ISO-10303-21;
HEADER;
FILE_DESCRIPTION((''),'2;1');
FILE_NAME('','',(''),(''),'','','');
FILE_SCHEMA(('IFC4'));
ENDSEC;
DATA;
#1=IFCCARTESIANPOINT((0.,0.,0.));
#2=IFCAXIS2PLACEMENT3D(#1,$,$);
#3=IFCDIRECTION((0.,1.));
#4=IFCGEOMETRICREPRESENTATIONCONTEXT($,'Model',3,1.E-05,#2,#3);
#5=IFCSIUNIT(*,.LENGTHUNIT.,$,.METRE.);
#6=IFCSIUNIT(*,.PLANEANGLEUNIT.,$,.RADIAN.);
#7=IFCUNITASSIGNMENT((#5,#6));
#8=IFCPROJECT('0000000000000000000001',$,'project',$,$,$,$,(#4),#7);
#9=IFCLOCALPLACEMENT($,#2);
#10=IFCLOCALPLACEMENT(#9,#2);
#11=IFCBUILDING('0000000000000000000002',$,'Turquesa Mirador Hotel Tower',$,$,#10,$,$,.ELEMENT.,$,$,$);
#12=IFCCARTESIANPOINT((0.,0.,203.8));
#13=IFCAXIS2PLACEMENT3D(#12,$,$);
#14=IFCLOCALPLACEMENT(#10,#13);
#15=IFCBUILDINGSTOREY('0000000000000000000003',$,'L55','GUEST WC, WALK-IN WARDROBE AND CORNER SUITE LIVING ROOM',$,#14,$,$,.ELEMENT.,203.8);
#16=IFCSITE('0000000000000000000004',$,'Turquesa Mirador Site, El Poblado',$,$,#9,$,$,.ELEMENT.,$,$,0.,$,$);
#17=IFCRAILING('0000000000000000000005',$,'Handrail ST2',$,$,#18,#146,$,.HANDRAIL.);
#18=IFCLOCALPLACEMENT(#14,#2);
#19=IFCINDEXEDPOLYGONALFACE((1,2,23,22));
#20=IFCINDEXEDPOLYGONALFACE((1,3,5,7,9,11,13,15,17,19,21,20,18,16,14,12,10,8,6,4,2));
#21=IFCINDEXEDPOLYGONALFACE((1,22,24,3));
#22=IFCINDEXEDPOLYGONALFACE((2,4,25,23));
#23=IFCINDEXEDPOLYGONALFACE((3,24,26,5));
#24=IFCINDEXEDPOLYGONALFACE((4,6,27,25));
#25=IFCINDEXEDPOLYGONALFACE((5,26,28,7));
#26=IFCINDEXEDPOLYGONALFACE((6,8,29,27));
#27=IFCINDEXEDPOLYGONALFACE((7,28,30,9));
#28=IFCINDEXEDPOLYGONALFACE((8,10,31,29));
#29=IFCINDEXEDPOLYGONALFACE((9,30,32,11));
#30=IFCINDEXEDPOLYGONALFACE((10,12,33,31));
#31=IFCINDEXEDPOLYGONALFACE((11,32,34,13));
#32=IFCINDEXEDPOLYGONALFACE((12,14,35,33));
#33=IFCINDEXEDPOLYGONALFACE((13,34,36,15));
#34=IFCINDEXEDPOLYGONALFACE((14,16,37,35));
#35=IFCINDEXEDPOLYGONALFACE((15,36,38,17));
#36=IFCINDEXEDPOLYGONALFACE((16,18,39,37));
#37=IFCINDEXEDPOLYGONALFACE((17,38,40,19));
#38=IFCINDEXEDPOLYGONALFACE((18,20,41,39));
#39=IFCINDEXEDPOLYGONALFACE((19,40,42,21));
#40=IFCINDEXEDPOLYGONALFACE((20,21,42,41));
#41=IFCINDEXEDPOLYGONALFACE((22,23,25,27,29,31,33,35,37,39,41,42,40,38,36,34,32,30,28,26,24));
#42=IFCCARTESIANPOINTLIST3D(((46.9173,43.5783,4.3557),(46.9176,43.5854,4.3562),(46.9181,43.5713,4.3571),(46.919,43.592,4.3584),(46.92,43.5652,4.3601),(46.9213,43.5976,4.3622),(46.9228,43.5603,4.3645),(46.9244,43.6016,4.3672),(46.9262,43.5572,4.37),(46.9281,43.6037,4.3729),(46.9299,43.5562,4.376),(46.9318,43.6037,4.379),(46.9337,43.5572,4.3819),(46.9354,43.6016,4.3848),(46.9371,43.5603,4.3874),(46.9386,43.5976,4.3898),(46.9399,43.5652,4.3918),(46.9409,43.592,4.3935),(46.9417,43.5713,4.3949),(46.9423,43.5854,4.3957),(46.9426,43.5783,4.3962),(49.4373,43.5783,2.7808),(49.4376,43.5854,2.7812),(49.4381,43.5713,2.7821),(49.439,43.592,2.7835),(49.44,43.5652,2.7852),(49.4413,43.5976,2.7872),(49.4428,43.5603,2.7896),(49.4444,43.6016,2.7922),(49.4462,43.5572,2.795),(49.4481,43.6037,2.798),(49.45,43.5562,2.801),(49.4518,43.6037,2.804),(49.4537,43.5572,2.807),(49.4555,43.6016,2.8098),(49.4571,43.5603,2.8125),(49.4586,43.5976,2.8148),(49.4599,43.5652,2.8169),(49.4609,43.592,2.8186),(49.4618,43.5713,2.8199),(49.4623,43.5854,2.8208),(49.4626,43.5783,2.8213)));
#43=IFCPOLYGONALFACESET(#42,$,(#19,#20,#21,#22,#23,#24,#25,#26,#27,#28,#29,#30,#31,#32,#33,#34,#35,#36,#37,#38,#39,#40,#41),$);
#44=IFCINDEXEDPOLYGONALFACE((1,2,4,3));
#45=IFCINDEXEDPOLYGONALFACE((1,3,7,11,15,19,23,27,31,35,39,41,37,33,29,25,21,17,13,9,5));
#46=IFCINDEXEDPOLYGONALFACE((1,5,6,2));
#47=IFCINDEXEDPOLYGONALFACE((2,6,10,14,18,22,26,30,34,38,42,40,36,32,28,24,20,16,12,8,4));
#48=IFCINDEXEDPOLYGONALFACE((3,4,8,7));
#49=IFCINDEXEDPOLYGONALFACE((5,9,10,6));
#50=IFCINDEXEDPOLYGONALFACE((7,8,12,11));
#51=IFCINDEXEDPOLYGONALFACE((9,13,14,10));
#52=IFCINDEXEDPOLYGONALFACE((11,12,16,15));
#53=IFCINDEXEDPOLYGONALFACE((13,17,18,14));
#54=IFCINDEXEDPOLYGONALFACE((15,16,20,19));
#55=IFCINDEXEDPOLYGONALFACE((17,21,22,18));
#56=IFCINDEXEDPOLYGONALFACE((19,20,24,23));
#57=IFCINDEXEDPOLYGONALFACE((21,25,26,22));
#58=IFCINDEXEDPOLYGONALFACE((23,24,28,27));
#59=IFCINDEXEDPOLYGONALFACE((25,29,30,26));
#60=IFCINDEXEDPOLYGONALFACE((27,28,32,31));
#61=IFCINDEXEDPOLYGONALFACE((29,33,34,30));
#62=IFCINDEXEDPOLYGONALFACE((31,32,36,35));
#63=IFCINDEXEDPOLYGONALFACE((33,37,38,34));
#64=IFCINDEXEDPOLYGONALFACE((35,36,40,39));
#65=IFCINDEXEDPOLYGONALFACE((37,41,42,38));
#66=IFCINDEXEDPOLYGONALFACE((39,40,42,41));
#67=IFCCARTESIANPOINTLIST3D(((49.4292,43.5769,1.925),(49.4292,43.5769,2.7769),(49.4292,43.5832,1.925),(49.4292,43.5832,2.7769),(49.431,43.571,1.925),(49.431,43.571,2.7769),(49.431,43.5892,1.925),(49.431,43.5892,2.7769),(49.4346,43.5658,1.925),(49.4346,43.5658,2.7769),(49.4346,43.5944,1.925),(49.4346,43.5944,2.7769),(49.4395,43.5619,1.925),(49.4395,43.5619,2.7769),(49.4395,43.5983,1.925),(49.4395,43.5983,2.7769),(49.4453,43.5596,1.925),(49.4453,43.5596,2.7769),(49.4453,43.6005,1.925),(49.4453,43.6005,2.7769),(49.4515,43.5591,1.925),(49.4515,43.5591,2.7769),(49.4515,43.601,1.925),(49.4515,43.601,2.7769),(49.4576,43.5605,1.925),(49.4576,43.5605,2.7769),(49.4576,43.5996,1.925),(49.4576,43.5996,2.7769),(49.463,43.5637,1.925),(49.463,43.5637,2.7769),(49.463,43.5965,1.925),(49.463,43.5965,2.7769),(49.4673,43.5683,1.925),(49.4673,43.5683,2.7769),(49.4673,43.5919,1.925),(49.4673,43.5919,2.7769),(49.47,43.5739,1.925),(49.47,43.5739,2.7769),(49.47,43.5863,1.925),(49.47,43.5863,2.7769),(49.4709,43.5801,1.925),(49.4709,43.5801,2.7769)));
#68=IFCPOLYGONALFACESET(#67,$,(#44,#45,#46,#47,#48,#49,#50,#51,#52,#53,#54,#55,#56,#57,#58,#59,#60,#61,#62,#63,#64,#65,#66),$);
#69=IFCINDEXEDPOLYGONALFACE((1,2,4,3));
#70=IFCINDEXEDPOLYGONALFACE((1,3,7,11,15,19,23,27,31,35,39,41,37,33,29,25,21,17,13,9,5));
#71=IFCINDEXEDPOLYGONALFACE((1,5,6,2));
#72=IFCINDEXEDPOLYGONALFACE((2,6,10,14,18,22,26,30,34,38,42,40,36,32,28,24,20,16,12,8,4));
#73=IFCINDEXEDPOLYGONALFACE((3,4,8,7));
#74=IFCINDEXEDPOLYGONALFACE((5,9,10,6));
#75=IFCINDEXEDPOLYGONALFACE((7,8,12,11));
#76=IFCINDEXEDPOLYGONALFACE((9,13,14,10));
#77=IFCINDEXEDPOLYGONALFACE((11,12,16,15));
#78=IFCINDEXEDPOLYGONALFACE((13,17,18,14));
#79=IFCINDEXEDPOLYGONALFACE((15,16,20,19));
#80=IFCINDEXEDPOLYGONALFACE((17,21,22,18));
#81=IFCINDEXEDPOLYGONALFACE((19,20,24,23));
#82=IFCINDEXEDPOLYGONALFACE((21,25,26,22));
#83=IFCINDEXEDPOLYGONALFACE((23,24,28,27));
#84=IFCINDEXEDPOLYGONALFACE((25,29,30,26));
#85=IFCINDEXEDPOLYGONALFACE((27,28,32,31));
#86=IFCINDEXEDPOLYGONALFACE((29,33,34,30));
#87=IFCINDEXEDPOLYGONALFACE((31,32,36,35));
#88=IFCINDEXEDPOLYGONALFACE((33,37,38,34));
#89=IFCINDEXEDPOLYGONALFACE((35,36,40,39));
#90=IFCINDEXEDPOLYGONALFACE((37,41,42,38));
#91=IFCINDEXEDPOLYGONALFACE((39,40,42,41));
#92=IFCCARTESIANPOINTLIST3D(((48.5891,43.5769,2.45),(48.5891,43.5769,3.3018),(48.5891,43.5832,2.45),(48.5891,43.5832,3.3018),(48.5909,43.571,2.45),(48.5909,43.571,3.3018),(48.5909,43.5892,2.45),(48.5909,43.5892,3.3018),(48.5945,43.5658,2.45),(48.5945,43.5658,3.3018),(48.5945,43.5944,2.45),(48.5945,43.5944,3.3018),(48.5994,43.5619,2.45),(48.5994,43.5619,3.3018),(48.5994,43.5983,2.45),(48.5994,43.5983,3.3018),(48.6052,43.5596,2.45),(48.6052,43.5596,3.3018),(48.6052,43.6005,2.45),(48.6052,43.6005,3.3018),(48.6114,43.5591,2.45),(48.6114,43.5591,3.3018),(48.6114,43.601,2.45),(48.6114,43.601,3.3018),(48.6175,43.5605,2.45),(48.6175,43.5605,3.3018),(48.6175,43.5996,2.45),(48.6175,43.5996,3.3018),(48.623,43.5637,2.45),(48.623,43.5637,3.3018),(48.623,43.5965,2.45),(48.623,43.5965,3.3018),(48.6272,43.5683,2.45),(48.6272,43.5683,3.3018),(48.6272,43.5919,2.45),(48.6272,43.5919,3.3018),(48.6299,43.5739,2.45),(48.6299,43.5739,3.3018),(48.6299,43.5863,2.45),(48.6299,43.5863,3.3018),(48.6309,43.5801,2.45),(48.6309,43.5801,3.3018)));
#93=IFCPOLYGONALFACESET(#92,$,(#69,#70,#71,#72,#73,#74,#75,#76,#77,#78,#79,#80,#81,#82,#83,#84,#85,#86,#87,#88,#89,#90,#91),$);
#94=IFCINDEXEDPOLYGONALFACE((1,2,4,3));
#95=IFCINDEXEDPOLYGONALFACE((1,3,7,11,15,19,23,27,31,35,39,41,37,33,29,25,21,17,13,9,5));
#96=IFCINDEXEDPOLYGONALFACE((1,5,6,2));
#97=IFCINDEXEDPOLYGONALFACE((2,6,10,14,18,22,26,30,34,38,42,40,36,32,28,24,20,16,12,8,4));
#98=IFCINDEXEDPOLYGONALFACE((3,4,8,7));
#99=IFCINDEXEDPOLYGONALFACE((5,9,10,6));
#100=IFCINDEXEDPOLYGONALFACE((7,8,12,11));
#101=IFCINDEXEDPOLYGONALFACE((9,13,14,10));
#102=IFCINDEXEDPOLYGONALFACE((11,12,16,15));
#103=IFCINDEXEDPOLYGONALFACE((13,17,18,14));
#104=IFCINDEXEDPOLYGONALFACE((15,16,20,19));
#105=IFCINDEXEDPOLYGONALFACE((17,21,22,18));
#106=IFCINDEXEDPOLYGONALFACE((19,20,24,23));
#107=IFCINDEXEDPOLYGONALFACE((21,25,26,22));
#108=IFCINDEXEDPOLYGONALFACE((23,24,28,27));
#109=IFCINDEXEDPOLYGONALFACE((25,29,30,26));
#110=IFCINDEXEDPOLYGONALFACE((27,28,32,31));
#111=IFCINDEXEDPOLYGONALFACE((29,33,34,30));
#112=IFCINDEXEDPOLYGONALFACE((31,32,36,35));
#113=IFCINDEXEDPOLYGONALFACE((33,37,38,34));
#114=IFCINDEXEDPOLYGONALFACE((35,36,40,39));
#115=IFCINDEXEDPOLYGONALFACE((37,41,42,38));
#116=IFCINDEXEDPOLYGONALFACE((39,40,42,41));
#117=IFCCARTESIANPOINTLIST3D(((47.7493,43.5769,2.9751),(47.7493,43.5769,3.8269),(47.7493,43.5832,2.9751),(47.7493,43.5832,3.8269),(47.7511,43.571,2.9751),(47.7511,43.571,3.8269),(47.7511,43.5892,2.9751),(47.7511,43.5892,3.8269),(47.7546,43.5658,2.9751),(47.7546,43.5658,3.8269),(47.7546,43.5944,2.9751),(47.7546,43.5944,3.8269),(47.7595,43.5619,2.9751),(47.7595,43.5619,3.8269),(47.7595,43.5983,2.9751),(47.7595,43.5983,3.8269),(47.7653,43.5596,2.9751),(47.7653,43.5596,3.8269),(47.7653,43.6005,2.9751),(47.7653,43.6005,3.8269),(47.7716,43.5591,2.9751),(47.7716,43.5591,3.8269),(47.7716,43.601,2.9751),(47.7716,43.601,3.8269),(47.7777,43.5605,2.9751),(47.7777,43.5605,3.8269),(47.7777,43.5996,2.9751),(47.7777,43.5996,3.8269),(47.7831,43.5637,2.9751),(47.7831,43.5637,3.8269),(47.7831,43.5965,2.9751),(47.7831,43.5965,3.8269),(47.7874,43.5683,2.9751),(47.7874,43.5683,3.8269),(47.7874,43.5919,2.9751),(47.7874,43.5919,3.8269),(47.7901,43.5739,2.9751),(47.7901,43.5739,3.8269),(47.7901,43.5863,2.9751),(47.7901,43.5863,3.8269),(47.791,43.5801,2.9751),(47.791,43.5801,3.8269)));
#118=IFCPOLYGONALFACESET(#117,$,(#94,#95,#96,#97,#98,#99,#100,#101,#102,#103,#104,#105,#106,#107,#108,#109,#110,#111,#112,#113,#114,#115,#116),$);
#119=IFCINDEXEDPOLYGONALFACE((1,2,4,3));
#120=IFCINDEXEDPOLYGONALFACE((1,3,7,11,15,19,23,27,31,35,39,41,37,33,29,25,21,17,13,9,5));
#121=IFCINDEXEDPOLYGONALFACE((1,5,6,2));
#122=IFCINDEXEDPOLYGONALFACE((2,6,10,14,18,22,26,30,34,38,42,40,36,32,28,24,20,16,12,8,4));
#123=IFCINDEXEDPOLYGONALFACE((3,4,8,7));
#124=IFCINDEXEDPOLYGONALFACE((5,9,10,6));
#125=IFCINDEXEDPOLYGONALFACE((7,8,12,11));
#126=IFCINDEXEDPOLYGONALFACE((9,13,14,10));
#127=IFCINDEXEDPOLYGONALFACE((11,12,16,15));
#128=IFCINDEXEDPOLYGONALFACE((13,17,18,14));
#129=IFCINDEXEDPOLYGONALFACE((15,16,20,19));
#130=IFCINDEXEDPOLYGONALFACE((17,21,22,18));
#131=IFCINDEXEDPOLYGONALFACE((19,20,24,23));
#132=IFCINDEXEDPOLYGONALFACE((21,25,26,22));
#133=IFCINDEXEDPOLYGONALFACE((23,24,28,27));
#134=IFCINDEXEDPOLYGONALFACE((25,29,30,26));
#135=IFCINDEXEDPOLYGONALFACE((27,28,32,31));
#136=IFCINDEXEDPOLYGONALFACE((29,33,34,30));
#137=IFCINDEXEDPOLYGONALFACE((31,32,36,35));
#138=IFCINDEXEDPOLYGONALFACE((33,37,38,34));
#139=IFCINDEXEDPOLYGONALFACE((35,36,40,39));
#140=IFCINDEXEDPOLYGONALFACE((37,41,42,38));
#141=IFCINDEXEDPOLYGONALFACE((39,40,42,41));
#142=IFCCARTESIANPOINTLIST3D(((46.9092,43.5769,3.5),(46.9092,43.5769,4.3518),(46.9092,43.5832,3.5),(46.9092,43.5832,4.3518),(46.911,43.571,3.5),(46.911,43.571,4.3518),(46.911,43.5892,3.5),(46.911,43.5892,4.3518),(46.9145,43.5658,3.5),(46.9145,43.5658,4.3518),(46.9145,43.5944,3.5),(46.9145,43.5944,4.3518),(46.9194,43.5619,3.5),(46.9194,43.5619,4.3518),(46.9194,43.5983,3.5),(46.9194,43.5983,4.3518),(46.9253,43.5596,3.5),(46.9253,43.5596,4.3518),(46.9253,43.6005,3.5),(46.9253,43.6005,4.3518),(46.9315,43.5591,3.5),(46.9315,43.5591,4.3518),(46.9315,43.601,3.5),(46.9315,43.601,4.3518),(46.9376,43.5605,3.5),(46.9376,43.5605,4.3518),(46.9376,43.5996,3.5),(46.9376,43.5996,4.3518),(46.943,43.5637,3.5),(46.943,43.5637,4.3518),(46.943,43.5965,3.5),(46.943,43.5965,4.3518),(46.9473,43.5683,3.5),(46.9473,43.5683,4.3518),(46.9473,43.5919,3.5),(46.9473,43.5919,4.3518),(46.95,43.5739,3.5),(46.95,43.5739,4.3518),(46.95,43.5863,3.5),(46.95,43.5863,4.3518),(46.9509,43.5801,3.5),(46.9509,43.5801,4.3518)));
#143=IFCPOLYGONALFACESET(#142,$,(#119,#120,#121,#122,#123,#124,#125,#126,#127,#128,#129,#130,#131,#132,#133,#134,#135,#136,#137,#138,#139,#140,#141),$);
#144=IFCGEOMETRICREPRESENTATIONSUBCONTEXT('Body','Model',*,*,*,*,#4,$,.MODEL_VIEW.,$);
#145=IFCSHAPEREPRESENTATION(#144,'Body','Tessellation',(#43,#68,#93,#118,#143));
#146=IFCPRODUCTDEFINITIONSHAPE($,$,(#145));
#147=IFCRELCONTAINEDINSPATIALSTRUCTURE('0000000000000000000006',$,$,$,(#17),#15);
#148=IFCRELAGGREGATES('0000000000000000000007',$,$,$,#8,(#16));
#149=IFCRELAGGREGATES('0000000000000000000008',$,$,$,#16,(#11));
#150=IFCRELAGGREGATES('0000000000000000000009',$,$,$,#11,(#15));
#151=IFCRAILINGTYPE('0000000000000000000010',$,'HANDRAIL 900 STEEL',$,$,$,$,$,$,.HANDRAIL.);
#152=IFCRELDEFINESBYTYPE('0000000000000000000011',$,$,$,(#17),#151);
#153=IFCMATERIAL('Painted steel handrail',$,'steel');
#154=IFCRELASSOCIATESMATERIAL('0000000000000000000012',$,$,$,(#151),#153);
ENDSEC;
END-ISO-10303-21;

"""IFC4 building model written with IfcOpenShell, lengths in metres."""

from ifc_helpers import new_model, si_unit, direction, frame, origin, origin_2d, place, context, subcontext, project, spatial, circle, extrude, material, type_object, element, save


model = new_model("IFC4")

# Units and contexts
model_context = context("Model", 3, precision=1e-05, world=origin(), true_north=direction((0.0, 1.0)))
body_context = subcontext(model_context, "Body", "Model", "MODEL_VIEW")
ifc_project = project(units=[si_unit("LENGTHUNIT", "METRE"), si_unit("PLANEANGLEUNIT", "RADIAN")], contexts=[model_context])

# Site, building, storey
site_placement = place(None, origin())
site = spatial("IfcSite", under=ifc_project, at=site_placement, Name="Turquesa Mirador Site, El Poblado", CompositionType="ELEMENT", RefElevation=0.0)
building_placement = place(site_placement, origin())
building = spatial("IfcBuilding", under=site, at=building_placement, Name="Turquesa Mirador Hotel Tower", CompositionType="ELEMENT")
storey_placement = place(building_placement, frame((0.0, 0.0, 203.8)))
storey = spatial("IfcBuildingStorey", under=building, at=storey_placement, Name="L55", Description="GUEST WC, WALK-IN WARDROBE AND CORNER SUITE LIVING ROOM", CompositionType="ELEMENT", Elevation=203.8)

# Railing
ifc_material_1 = material(Name="Painted steel handrail", Category="steel")
railing_type = type_object("IfcRailingType", Name="HANDRAIL 900 STEEL", PredefinedType="HANDRAIL", material=ifc_material_1)
railing_1_placement = place(storey_placement, frame((49.45, 43.5801, 1.925)))
element("IfcRailing", 1, at=railing_1_placement, inside=storey, type_object=railing_type, Name="Handrail ST2", PredefinedType="HANDRAIL", context=body_context, shape_type="SweptSolid", body=[
    extrude(circle(Radius=0.0239, at=origin_2d()), frame((0.0, 0.0, 0.876), z_axis=(-0.848008, 0.0, 0.529984), x_axis=(0.0, -1.0, 0.0)), (0.0, 0.0, 1.0), 2.9717),
    extrude(circle(Radius=0.021, at=origin_2d()), origin(), (0.0, 0.0, 1.0), 0.8518),
    extrude(circle(Radius=0.021, at=origin_2d()), frame((-0.8401, 0.0, 0.5249)), (0.0, 0.0, 1.0), 0.8518),
    extrude(circle(Radius=0.021, at=origin_2d()), frame((-1.6799, 0.0, 1.05)), (0.0, 0.0, 1.0), 0.8518),
    extrude(circle(Radius=0.021, at=origin_2d()), frame((-2.52, 0.0, 1.575)), (0.0, 0.0, 1.0), 0.8518),
])

save(model, "model.ifc")
